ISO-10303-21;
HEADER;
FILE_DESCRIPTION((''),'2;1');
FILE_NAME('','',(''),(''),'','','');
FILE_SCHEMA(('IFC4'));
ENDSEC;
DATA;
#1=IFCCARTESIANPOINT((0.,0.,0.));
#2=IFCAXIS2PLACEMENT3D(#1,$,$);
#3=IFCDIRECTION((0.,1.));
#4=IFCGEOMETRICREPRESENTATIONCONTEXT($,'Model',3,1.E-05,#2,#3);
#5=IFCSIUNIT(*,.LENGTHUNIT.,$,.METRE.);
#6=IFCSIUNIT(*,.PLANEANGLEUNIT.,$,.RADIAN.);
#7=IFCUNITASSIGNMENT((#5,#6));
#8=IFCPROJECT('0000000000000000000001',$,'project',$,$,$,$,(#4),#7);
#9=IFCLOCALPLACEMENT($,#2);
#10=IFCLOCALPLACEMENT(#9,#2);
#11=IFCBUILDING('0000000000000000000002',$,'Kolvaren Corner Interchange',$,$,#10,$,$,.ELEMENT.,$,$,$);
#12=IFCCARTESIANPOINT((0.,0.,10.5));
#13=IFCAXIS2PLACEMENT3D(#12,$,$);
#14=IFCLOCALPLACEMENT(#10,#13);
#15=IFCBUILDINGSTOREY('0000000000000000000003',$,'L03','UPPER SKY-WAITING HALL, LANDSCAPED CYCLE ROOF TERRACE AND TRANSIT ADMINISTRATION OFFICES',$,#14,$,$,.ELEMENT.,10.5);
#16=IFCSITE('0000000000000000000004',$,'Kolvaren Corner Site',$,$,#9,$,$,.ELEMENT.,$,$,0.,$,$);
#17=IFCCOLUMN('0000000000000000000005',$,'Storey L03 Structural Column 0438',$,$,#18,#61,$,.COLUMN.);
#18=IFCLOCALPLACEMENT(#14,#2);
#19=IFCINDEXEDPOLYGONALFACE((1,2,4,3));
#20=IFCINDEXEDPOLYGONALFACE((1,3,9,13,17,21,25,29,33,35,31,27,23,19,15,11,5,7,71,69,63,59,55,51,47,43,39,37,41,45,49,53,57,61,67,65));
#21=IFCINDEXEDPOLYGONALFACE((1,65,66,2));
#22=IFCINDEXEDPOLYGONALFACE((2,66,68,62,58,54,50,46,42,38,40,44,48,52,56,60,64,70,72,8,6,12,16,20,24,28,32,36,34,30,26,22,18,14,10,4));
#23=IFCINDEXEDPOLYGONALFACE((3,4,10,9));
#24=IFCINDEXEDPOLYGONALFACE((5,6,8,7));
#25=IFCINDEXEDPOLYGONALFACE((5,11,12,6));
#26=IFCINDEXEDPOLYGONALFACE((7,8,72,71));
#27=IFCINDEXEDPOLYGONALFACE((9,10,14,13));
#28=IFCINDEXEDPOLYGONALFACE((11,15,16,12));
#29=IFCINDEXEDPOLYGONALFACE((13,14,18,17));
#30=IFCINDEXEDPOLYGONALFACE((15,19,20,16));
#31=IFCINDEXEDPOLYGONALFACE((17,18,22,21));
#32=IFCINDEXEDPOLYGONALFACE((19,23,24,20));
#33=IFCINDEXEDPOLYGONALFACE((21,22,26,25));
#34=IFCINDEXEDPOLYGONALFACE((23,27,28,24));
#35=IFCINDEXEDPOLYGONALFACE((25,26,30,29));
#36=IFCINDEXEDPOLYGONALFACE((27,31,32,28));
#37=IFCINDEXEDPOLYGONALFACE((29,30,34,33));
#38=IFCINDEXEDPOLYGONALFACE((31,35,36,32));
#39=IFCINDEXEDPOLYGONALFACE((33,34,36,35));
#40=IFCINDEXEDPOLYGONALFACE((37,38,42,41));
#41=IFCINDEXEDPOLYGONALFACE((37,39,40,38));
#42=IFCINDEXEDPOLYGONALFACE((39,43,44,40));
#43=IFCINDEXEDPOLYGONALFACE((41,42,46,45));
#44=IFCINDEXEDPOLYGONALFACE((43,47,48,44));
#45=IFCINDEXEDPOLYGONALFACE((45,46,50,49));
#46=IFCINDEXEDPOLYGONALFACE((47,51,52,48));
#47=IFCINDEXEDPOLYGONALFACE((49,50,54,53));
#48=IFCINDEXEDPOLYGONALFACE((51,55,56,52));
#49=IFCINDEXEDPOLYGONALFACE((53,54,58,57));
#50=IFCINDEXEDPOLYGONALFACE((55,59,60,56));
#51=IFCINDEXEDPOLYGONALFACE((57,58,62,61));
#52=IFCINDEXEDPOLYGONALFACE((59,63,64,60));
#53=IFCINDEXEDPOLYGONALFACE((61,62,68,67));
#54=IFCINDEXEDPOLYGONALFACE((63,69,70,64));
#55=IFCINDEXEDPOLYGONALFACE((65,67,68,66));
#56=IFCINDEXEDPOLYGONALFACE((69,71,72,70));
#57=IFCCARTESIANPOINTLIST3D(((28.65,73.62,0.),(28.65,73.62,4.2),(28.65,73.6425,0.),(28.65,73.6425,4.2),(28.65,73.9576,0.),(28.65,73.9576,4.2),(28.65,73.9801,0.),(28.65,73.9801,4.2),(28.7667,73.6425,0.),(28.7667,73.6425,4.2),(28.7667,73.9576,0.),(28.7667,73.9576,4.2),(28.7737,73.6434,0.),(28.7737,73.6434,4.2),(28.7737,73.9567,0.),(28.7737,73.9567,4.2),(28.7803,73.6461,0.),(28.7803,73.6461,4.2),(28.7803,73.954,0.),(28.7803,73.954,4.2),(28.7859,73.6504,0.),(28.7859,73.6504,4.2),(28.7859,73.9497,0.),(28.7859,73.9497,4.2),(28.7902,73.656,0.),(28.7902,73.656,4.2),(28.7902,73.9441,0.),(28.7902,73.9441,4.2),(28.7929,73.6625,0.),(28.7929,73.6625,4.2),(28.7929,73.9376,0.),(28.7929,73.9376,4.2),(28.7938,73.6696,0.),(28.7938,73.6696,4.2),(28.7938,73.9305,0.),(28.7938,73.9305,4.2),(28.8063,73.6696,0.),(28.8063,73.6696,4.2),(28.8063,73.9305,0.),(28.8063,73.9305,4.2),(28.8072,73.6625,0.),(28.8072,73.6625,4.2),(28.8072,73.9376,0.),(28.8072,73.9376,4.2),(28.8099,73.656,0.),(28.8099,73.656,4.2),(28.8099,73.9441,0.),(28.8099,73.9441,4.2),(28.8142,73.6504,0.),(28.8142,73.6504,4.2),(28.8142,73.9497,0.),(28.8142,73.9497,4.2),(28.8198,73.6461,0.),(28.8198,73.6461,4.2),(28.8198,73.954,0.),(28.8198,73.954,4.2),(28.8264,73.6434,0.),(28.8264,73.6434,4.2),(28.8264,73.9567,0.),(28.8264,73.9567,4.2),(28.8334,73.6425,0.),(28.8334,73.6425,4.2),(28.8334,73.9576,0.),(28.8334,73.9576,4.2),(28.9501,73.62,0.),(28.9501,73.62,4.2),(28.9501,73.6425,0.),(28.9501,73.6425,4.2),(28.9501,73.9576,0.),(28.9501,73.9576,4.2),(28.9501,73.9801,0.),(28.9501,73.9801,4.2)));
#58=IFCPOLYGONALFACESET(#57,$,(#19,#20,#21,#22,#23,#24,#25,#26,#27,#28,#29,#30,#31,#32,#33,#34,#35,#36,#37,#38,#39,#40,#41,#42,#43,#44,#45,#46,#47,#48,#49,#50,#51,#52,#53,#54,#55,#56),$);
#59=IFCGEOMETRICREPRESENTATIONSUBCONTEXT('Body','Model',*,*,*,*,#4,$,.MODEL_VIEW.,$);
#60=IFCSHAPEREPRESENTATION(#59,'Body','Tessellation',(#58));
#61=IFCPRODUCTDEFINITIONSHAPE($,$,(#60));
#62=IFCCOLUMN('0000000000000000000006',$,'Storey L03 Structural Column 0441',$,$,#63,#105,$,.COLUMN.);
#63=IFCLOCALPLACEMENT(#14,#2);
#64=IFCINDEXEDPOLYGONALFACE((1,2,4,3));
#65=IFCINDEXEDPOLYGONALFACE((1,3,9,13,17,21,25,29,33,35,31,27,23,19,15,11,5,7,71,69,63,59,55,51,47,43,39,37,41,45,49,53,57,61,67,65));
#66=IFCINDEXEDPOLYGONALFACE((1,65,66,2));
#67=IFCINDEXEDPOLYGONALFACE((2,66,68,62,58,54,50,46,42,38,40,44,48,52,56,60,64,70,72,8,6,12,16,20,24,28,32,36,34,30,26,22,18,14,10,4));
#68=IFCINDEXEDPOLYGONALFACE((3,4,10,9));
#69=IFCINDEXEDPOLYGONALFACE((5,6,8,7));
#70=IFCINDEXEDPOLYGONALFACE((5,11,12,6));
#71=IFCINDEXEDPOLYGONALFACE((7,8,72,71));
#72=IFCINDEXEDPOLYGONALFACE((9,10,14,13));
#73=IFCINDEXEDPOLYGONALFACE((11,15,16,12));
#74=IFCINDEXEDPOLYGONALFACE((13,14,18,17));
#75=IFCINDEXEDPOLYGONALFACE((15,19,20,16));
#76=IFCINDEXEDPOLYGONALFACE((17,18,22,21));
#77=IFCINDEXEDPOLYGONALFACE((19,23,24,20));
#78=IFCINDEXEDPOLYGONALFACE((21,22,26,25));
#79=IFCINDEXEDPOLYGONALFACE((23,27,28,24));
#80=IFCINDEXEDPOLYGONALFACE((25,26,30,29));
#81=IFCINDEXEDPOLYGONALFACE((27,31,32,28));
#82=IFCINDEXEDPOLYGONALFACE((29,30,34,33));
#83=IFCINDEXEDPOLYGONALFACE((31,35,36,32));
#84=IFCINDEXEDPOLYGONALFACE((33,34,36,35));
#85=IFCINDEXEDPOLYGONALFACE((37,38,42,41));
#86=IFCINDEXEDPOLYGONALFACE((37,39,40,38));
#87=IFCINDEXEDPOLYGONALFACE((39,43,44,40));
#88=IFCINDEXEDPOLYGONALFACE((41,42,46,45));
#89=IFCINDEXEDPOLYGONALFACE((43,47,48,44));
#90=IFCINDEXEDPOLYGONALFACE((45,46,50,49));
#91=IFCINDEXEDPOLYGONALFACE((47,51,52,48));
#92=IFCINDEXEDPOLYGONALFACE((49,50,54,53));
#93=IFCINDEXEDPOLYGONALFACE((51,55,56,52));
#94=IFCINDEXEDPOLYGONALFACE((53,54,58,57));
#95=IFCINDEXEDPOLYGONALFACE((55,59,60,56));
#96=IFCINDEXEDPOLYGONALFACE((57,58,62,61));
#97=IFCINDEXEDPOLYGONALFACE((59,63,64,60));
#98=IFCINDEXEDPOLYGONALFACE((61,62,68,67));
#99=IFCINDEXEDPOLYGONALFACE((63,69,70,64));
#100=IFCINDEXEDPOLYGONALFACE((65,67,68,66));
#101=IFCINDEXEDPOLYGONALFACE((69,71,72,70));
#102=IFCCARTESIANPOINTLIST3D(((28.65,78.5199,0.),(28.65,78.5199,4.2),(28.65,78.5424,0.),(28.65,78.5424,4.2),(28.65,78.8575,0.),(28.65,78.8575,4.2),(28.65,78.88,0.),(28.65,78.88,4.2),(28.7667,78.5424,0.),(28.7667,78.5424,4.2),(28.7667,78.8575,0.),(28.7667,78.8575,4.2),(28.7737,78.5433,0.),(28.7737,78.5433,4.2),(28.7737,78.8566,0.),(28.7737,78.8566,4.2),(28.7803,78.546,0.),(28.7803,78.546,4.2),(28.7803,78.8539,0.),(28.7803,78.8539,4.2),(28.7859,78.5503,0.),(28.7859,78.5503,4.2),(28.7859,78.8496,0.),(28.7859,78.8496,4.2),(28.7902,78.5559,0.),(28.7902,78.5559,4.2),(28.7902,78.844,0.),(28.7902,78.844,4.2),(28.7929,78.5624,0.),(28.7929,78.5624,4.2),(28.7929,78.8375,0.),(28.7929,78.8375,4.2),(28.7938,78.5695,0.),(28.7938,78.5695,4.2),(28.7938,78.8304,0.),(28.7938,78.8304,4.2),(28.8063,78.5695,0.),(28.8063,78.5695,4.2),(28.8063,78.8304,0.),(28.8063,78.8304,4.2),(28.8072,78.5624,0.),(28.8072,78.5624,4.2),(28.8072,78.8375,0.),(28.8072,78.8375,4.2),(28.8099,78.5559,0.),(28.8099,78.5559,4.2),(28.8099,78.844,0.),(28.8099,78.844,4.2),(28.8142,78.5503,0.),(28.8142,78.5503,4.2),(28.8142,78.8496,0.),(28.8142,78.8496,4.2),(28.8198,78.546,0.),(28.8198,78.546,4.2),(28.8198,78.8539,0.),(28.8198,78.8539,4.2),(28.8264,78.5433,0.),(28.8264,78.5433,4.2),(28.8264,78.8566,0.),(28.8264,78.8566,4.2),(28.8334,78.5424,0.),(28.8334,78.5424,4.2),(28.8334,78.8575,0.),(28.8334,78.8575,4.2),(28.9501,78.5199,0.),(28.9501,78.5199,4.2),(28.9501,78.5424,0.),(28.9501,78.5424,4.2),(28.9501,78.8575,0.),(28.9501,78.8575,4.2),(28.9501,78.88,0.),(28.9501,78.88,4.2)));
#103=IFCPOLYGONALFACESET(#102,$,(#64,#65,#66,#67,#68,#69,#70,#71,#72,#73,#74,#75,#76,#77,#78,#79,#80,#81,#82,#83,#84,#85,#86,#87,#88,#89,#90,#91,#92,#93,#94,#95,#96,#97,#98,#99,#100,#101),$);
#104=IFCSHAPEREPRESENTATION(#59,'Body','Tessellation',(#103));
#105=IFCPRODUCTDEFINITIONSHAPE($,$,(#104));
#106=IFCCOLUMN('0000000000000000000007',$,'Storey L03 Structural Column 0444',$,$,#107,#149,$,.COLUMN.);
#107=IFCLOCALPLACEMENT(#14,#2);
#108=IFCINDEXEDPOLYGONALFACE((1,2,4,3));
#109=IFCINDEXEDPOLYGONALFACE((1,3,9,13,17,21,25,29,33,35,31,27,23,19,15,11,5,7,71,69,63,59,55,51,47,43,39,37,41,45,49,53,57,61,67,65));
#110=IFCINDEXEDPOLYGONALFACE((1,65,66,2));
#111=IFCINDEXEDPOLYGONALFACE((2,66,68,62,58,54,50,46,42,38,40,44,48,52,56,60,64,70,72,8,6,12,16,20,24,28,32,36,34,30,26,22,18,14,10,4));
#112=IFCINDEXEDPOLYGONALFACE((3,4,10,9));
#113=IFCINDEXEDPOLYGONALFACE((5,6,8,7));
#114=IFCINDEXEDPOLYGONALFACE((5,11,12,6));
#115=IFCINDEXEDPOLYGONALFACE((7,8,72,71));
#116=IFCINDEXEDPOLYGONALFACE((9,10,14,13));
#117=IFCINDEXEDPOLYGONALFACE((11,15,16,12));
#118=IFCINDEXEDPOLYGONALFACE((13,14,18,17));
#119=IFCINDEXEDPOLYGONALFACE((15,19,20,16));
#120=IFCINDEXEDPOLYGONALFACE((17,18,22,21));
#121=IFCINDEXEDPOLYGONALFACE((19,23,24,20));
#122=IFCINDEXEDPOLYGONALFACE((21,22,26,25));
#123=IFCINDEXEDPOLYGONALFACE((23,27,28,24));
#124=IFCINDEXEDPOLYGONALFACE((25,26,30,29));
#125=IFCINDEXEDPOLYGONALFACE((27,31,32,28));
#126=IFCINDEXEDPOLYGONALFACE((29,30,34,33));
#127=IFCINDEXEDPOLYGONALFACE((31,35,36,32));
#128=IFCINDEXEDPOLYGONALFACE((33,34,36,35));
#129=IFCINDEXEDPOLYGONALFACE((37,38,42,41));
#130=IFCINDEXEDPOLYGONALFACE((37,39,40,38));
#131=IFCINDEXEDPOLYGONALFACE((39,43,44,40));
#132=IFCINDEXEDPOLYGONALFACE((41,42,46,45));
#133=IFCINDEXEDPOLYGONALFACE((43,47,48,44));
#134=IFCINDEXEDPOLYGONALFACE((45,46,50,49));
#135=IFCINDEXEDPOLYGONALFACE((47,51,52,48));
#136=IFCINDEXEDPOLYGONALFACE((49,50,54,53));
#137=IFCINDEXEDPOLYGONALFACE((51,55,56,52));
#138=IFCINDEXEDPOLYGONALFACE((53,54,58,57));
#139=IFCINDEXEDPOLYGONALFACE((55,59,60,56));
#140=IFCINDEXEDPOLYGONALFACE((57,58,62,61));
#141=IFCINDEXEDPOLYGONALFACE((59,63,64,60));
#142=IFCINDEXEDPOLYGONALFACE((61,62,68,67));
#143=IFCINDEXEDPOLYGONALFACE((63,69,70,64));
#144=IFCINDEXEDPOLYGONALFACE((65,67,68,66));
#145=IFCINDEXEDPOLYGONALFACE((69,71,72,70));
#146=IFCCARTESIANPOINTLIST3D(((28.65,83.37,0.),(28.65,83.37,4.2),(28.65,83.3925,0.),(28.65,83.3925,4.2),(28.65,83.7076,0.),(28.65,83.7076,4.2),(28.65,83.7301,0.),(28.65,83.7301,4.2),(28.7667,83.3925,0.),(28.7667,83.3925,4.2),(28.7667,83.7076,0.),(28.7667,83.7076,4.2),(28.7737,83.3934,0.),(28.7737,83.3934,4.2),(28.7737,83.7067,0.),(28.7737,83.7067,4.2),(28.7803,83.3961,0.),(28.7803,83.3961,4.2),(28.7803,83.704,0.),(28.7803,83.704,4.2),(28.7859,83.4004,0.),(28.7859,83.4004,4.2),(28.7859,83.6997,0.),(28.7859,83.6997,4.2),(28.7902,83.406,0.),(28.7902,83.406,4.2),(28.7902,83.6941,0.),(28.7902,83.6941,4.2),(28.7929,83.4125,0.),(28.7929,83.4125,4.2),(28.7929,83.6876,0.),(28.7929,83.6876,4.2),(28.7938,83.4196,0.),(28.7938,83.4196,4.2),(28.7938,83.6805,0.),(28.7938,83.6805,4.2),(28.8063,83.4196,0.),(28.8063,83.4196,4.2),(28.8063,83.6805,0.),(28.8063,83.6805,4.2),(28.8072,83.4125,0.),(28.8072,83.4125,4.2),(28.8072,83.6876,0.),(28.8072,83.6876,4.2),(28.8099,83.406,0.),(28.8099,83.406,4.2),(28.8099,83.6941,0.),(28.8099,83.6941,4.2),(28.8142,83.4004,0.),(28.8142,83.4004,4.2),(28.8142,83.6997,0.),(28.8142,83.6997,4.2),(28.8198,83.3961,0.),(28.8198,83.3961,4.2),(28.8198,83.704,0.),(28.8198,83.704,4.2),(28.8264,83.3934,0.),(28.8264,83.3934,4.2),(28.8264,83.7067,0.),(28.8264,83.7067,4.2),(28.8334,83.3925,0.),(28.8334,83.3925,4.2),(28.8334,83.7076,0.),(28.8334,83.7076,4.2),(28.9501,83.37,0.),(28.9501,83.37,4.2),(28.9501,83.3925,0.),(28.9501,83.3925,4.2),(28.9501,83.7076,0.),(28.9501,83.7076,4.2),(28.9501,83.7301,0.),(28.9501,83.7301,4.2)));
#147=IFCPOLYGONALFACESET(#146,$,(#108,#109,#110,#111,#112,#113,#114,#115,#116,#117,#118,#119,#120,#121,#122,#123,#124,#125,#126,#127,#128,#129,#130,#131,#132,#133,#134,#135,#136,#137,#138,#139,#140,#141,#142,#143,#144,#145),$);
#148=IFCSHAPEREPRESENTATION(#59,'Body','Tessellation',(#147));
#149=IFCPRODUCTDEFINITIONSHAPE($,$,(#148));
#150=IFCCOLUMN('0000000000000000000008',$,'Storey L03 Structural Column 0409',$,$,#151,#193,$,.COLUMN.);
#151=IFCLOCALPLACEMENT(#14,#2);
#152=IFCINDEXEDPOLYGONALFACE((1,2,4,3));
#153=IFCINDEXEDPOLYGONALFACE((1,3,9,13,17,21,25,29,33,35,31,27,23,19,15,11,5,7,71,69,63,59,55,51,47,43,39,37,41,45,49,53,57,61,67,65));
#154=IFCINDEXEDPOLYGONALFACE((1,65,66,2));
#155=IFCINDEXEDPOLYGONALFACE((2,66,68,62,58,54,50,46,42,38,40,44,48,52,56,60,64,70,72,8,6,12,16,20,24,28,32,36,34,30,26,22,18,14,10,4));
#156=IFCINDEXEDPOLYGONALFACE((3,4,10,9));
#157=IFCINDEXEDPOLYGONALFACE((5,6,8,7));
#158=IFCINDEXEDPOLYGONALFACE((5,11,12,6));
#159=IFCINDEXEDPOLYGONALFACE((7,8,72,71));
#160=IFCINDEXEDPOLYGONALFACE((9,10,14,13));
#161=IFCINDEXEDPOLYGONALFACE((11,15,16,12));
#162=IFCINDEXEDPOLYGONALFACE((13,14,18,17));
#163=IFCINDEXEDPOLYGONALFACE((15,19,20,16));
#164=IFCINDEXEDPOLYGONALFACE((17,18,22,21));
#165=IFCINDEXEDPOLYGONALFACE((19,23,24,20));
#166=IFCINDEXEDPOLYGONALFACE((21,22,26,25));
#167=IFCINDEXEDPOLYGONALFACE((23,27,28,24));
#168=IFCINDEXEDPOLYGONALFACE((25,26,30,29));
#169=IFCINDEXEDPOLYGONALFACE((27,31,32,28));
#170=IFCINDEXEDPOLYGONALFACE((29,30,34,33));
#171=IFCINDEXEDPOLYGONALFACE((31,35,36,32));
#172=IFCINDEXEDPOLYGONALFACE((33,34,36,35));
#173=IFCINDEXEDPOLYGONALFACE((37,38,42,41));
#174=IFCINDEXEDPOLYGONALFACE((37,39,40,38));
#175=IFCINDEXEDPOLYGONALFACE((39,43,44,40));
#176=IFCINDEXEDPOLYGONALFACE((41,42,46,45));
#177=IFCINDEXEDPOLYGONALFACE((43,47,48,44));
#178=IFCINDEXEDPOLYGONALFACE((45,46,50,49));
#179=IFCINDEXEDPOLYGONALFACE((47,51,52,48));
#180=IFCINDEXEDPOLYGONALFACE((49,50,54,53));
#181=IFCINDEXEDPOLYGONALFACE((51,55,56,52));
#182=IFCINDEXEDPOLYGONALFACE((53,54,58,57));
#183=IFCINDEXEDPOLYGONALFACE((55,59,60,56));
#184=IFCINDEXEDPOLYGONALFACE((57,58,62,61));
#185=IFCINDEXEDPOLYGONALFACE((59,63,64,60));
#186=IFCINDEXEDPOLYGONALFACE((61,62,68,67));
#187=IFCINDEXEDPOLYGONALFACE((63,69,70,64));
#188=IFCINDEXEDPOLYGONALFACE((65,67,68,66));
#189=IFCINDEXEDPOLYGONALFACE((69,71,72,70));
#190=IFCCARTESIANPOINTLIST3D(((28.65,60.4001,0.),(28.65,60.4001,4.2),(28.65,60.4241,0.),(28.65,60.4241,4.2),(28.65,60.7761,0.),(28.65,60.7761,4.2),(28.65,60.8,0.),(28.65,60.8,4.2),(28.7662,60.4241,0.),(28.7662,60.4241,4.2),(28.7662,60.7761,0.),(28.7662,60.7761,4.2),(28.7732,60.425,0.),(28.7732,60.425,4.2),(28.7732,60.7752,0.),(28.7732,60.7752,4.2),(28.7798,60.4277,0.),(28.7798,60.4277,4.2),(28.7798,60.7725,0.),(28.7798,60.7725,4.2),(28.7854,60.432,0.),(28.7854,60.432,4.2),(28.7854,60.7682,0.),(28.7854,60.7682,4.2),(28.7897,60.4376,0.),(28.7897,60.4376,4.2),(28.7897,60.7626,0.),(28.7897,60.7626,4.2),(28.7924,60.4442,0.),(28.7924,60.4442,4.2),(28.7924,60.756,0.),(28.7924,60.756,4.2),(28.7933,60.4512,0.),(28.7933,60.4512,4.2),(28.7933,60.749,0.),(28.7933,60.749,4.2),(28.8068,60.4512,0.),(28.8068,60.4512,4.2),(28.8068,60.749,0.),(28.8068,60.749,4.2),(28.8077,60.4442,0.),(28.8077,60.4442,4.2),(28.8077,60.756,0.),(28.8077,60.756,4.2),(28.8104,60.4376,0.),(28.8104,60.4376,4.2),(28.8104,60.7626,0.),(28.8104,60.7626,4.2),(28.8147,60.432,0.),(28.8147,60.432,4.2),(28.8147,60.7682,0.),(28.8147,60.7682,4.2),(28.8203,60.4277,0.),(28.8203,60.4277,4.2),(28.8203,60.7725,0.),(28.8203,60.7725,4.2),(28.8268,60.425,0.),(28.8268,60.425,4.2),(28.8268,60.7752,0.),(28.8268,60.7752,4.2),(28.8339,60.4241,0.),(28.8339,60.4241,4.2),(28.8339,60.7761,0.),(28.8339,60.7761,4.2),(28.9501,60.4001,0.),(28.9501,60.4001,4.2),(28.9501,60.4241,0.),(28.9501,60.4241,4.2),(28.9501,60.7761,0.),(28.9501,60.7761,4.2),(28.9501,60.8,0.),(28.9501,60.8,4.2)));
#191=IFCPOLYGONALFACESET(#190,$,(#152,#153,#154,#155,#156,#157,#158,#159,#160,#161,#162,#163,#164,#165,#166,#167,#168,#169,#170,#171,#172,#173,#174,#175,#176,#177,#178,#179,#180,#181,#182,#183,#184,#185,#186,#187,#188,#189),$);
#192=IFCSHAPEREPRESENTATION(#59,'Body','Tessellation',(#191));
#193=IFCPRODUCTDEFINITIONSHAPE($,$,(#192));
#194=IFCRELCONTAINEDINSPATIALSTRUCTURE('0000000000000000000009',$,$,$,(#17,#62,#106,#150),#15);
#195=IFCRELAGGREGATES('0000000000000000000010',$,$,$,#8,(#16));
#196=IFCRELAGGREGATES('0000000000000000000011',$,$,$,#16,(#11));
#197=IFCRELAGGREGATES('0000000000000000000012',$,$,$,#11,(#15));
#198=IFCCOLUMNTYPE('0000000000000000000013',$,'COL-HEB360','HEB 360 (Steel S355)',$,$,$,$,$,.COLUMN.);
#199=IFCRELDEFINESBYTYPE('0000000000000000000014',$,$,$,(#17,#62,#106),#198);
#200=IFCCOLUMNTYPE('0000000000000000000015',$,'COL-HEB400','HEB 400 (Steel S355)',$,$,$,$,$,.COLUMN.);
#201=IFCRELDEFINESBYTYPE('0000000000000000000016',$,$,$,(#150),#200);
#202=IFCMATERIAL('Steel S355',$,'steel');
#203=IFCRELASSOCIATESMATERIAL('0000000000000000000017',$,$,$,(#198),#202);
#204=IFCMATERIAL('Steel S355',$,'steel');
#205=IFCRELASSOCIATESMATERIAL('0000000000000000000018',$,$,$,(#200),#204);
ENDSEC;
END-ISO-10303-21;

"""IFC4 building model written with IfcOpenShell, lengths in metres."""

from ifc_helpers import new_model, si_unit, direction, frame, origin, origin_2d, place, context, subcontext, project, spatial, i_section, extrude, material, material_profile, profile_set, type_object, element, save


model = new_model("IFC4")

# Units and contexts
model_context = context("Model", 3, precision=1e-05, world=origin(), true_north=direction((0.0, 1.0)))
body_context = subcontext(model_context, "Body", "Model", "MODEL_VIEW")
ifc_project = project(units=[si_unit("LENGTHUNIT", "METRE"), si_unit("PLANEANGLEUNIT", "RADIAN")], contexts=[model_context])

# Site, building, storey
site_placement = place(None, origin())
site = spatial("IfcSite", under=ifc_project, at=site_placement, Name="Kolvaren Corner Site", CompositionType="ELEMENT", RefElevation=0.0)
building_placement = place(site_placement, origin())
building = spatial("IfcBuilding", under=site, at=building_placement, Name="Kolvaren Corner Interchange", CompositionType="ELEMENT")
storey_placement = place(building_placement, frame((0.0, 0.0, 10.5)))
storey = spatial("IfcBuildingStorey", under=building, at=storey_placement, Name="L03", Description="UPPER SKY-WAITING HALL, LANDSCAPED CYCLE ROOF TERRACE AND TRANSIT ADMINISTRATION OFFICES", CompositionType="ELEMENT", Elevation=10.5)

# Columns
ifc_material_1 = material(Name="Steel S355", Category="steel")
ifc_material_profile_1 = material_profile(ifc_material_1, i_section(OverallWidth=0.3, OverallDepth=0.3601, WebThickness=0.0125, FlangeThickness=0.0225, FilletRadius=0.0271, at=origin_2d()), Name="HEB 360")
ifc_profile_set_1 = profile_set([ifc_material_profile_1], Name="Steel S355")
column_type_1 = type_object("IfcColumnType", Name="COL-HEB360", Description="HEB 360 (Steel S355)", PredefinedType="COLUMN", material=ifc_profile_set_1)
for number, where, z_axis, x_axis, name in (
    (1, (28.8, 73.8, 0.0), (0.0, 0.0, 1.0), (1.0, 0.0, 0.0), "Storey L03 Structural Column 0438"),
    (2, (28.8, 78.7, 0.0), (0.0, 0.0, 1.0), (1.0, 0.0, 0.0), "Storey L03 Structural Column 0441"),
    (3, (28.8, 83.55, 0.0), (0.0, 0.0, 1.0), (1.0, 0.0, 0.0), "Storey L03 Structural Column 0444"),
):
    element("IfcColumn", number, at=place(storey_placement, frame(where, z_axis=z_axis, x_axis=x_axis)), inside=storey, type_object=column_type_1, Name=name, PredefinedType="COLUMN", context=body_context, shape_type="SweptSolid", body=[
        extrude(i_section(OverallWidth=0.3, OverallDepth=0.3601, WebThickness=0.0125, FlangeThickness=0.0225, FilletRadius=0.0271, at=origin_2d()), origin(), (0.0, 0.0, 1.0), 4.2),
    ])
ifc_material_2 = material(Name="Steel S355", Category="steel")
ifc_material_profile_2 = material_profile(ifc_material_2, i_section(OverallWidth=0.3, OverallDepth=0.3999, WebThickness=0.0134, FlangeThickness=0.0239, FilletRadius=0.0271, at=origin_2d()), Name="HEB 400")
ifc_profile_set_2 = profile_set([ifc_material_profile_2], Name="Steel S355")
column_type_2 = type_object("IfcColumnType", Name="COL-HEB400", Description="HEB 400 (Steel S355)", PredefinedType="COLUMN", material=ifc_profile_set_2)
for number, where, z_axis, x_axis, name in (
    (4, (28.8, 60.6001, 0.0), (0.0, 0.0, 1.0), (1.0, 0.0, 0.0), "Storey L03 Structural Column 0409"),
):
    element("IfcColumn", number, at=place(storey_placement, frame(where, z_axis=z_axis, x_axis=x_axis)), inside=storey, type_object=column_type_2, Name=name, PredefinedType="COLUMN", context=body_context, shape_type="SweptSolid", body=[
        extrude(i_section(OverallWidth=0.3, OverallDepth=0.3999, WebThickness=0.0134, FlangeThickness=0.0239, FilletRadius=0.0271, at=origin_2d()), origin(), (0.0, 0.0, 1.0), 4.2),
    ])

save(model, "model.ifc")
